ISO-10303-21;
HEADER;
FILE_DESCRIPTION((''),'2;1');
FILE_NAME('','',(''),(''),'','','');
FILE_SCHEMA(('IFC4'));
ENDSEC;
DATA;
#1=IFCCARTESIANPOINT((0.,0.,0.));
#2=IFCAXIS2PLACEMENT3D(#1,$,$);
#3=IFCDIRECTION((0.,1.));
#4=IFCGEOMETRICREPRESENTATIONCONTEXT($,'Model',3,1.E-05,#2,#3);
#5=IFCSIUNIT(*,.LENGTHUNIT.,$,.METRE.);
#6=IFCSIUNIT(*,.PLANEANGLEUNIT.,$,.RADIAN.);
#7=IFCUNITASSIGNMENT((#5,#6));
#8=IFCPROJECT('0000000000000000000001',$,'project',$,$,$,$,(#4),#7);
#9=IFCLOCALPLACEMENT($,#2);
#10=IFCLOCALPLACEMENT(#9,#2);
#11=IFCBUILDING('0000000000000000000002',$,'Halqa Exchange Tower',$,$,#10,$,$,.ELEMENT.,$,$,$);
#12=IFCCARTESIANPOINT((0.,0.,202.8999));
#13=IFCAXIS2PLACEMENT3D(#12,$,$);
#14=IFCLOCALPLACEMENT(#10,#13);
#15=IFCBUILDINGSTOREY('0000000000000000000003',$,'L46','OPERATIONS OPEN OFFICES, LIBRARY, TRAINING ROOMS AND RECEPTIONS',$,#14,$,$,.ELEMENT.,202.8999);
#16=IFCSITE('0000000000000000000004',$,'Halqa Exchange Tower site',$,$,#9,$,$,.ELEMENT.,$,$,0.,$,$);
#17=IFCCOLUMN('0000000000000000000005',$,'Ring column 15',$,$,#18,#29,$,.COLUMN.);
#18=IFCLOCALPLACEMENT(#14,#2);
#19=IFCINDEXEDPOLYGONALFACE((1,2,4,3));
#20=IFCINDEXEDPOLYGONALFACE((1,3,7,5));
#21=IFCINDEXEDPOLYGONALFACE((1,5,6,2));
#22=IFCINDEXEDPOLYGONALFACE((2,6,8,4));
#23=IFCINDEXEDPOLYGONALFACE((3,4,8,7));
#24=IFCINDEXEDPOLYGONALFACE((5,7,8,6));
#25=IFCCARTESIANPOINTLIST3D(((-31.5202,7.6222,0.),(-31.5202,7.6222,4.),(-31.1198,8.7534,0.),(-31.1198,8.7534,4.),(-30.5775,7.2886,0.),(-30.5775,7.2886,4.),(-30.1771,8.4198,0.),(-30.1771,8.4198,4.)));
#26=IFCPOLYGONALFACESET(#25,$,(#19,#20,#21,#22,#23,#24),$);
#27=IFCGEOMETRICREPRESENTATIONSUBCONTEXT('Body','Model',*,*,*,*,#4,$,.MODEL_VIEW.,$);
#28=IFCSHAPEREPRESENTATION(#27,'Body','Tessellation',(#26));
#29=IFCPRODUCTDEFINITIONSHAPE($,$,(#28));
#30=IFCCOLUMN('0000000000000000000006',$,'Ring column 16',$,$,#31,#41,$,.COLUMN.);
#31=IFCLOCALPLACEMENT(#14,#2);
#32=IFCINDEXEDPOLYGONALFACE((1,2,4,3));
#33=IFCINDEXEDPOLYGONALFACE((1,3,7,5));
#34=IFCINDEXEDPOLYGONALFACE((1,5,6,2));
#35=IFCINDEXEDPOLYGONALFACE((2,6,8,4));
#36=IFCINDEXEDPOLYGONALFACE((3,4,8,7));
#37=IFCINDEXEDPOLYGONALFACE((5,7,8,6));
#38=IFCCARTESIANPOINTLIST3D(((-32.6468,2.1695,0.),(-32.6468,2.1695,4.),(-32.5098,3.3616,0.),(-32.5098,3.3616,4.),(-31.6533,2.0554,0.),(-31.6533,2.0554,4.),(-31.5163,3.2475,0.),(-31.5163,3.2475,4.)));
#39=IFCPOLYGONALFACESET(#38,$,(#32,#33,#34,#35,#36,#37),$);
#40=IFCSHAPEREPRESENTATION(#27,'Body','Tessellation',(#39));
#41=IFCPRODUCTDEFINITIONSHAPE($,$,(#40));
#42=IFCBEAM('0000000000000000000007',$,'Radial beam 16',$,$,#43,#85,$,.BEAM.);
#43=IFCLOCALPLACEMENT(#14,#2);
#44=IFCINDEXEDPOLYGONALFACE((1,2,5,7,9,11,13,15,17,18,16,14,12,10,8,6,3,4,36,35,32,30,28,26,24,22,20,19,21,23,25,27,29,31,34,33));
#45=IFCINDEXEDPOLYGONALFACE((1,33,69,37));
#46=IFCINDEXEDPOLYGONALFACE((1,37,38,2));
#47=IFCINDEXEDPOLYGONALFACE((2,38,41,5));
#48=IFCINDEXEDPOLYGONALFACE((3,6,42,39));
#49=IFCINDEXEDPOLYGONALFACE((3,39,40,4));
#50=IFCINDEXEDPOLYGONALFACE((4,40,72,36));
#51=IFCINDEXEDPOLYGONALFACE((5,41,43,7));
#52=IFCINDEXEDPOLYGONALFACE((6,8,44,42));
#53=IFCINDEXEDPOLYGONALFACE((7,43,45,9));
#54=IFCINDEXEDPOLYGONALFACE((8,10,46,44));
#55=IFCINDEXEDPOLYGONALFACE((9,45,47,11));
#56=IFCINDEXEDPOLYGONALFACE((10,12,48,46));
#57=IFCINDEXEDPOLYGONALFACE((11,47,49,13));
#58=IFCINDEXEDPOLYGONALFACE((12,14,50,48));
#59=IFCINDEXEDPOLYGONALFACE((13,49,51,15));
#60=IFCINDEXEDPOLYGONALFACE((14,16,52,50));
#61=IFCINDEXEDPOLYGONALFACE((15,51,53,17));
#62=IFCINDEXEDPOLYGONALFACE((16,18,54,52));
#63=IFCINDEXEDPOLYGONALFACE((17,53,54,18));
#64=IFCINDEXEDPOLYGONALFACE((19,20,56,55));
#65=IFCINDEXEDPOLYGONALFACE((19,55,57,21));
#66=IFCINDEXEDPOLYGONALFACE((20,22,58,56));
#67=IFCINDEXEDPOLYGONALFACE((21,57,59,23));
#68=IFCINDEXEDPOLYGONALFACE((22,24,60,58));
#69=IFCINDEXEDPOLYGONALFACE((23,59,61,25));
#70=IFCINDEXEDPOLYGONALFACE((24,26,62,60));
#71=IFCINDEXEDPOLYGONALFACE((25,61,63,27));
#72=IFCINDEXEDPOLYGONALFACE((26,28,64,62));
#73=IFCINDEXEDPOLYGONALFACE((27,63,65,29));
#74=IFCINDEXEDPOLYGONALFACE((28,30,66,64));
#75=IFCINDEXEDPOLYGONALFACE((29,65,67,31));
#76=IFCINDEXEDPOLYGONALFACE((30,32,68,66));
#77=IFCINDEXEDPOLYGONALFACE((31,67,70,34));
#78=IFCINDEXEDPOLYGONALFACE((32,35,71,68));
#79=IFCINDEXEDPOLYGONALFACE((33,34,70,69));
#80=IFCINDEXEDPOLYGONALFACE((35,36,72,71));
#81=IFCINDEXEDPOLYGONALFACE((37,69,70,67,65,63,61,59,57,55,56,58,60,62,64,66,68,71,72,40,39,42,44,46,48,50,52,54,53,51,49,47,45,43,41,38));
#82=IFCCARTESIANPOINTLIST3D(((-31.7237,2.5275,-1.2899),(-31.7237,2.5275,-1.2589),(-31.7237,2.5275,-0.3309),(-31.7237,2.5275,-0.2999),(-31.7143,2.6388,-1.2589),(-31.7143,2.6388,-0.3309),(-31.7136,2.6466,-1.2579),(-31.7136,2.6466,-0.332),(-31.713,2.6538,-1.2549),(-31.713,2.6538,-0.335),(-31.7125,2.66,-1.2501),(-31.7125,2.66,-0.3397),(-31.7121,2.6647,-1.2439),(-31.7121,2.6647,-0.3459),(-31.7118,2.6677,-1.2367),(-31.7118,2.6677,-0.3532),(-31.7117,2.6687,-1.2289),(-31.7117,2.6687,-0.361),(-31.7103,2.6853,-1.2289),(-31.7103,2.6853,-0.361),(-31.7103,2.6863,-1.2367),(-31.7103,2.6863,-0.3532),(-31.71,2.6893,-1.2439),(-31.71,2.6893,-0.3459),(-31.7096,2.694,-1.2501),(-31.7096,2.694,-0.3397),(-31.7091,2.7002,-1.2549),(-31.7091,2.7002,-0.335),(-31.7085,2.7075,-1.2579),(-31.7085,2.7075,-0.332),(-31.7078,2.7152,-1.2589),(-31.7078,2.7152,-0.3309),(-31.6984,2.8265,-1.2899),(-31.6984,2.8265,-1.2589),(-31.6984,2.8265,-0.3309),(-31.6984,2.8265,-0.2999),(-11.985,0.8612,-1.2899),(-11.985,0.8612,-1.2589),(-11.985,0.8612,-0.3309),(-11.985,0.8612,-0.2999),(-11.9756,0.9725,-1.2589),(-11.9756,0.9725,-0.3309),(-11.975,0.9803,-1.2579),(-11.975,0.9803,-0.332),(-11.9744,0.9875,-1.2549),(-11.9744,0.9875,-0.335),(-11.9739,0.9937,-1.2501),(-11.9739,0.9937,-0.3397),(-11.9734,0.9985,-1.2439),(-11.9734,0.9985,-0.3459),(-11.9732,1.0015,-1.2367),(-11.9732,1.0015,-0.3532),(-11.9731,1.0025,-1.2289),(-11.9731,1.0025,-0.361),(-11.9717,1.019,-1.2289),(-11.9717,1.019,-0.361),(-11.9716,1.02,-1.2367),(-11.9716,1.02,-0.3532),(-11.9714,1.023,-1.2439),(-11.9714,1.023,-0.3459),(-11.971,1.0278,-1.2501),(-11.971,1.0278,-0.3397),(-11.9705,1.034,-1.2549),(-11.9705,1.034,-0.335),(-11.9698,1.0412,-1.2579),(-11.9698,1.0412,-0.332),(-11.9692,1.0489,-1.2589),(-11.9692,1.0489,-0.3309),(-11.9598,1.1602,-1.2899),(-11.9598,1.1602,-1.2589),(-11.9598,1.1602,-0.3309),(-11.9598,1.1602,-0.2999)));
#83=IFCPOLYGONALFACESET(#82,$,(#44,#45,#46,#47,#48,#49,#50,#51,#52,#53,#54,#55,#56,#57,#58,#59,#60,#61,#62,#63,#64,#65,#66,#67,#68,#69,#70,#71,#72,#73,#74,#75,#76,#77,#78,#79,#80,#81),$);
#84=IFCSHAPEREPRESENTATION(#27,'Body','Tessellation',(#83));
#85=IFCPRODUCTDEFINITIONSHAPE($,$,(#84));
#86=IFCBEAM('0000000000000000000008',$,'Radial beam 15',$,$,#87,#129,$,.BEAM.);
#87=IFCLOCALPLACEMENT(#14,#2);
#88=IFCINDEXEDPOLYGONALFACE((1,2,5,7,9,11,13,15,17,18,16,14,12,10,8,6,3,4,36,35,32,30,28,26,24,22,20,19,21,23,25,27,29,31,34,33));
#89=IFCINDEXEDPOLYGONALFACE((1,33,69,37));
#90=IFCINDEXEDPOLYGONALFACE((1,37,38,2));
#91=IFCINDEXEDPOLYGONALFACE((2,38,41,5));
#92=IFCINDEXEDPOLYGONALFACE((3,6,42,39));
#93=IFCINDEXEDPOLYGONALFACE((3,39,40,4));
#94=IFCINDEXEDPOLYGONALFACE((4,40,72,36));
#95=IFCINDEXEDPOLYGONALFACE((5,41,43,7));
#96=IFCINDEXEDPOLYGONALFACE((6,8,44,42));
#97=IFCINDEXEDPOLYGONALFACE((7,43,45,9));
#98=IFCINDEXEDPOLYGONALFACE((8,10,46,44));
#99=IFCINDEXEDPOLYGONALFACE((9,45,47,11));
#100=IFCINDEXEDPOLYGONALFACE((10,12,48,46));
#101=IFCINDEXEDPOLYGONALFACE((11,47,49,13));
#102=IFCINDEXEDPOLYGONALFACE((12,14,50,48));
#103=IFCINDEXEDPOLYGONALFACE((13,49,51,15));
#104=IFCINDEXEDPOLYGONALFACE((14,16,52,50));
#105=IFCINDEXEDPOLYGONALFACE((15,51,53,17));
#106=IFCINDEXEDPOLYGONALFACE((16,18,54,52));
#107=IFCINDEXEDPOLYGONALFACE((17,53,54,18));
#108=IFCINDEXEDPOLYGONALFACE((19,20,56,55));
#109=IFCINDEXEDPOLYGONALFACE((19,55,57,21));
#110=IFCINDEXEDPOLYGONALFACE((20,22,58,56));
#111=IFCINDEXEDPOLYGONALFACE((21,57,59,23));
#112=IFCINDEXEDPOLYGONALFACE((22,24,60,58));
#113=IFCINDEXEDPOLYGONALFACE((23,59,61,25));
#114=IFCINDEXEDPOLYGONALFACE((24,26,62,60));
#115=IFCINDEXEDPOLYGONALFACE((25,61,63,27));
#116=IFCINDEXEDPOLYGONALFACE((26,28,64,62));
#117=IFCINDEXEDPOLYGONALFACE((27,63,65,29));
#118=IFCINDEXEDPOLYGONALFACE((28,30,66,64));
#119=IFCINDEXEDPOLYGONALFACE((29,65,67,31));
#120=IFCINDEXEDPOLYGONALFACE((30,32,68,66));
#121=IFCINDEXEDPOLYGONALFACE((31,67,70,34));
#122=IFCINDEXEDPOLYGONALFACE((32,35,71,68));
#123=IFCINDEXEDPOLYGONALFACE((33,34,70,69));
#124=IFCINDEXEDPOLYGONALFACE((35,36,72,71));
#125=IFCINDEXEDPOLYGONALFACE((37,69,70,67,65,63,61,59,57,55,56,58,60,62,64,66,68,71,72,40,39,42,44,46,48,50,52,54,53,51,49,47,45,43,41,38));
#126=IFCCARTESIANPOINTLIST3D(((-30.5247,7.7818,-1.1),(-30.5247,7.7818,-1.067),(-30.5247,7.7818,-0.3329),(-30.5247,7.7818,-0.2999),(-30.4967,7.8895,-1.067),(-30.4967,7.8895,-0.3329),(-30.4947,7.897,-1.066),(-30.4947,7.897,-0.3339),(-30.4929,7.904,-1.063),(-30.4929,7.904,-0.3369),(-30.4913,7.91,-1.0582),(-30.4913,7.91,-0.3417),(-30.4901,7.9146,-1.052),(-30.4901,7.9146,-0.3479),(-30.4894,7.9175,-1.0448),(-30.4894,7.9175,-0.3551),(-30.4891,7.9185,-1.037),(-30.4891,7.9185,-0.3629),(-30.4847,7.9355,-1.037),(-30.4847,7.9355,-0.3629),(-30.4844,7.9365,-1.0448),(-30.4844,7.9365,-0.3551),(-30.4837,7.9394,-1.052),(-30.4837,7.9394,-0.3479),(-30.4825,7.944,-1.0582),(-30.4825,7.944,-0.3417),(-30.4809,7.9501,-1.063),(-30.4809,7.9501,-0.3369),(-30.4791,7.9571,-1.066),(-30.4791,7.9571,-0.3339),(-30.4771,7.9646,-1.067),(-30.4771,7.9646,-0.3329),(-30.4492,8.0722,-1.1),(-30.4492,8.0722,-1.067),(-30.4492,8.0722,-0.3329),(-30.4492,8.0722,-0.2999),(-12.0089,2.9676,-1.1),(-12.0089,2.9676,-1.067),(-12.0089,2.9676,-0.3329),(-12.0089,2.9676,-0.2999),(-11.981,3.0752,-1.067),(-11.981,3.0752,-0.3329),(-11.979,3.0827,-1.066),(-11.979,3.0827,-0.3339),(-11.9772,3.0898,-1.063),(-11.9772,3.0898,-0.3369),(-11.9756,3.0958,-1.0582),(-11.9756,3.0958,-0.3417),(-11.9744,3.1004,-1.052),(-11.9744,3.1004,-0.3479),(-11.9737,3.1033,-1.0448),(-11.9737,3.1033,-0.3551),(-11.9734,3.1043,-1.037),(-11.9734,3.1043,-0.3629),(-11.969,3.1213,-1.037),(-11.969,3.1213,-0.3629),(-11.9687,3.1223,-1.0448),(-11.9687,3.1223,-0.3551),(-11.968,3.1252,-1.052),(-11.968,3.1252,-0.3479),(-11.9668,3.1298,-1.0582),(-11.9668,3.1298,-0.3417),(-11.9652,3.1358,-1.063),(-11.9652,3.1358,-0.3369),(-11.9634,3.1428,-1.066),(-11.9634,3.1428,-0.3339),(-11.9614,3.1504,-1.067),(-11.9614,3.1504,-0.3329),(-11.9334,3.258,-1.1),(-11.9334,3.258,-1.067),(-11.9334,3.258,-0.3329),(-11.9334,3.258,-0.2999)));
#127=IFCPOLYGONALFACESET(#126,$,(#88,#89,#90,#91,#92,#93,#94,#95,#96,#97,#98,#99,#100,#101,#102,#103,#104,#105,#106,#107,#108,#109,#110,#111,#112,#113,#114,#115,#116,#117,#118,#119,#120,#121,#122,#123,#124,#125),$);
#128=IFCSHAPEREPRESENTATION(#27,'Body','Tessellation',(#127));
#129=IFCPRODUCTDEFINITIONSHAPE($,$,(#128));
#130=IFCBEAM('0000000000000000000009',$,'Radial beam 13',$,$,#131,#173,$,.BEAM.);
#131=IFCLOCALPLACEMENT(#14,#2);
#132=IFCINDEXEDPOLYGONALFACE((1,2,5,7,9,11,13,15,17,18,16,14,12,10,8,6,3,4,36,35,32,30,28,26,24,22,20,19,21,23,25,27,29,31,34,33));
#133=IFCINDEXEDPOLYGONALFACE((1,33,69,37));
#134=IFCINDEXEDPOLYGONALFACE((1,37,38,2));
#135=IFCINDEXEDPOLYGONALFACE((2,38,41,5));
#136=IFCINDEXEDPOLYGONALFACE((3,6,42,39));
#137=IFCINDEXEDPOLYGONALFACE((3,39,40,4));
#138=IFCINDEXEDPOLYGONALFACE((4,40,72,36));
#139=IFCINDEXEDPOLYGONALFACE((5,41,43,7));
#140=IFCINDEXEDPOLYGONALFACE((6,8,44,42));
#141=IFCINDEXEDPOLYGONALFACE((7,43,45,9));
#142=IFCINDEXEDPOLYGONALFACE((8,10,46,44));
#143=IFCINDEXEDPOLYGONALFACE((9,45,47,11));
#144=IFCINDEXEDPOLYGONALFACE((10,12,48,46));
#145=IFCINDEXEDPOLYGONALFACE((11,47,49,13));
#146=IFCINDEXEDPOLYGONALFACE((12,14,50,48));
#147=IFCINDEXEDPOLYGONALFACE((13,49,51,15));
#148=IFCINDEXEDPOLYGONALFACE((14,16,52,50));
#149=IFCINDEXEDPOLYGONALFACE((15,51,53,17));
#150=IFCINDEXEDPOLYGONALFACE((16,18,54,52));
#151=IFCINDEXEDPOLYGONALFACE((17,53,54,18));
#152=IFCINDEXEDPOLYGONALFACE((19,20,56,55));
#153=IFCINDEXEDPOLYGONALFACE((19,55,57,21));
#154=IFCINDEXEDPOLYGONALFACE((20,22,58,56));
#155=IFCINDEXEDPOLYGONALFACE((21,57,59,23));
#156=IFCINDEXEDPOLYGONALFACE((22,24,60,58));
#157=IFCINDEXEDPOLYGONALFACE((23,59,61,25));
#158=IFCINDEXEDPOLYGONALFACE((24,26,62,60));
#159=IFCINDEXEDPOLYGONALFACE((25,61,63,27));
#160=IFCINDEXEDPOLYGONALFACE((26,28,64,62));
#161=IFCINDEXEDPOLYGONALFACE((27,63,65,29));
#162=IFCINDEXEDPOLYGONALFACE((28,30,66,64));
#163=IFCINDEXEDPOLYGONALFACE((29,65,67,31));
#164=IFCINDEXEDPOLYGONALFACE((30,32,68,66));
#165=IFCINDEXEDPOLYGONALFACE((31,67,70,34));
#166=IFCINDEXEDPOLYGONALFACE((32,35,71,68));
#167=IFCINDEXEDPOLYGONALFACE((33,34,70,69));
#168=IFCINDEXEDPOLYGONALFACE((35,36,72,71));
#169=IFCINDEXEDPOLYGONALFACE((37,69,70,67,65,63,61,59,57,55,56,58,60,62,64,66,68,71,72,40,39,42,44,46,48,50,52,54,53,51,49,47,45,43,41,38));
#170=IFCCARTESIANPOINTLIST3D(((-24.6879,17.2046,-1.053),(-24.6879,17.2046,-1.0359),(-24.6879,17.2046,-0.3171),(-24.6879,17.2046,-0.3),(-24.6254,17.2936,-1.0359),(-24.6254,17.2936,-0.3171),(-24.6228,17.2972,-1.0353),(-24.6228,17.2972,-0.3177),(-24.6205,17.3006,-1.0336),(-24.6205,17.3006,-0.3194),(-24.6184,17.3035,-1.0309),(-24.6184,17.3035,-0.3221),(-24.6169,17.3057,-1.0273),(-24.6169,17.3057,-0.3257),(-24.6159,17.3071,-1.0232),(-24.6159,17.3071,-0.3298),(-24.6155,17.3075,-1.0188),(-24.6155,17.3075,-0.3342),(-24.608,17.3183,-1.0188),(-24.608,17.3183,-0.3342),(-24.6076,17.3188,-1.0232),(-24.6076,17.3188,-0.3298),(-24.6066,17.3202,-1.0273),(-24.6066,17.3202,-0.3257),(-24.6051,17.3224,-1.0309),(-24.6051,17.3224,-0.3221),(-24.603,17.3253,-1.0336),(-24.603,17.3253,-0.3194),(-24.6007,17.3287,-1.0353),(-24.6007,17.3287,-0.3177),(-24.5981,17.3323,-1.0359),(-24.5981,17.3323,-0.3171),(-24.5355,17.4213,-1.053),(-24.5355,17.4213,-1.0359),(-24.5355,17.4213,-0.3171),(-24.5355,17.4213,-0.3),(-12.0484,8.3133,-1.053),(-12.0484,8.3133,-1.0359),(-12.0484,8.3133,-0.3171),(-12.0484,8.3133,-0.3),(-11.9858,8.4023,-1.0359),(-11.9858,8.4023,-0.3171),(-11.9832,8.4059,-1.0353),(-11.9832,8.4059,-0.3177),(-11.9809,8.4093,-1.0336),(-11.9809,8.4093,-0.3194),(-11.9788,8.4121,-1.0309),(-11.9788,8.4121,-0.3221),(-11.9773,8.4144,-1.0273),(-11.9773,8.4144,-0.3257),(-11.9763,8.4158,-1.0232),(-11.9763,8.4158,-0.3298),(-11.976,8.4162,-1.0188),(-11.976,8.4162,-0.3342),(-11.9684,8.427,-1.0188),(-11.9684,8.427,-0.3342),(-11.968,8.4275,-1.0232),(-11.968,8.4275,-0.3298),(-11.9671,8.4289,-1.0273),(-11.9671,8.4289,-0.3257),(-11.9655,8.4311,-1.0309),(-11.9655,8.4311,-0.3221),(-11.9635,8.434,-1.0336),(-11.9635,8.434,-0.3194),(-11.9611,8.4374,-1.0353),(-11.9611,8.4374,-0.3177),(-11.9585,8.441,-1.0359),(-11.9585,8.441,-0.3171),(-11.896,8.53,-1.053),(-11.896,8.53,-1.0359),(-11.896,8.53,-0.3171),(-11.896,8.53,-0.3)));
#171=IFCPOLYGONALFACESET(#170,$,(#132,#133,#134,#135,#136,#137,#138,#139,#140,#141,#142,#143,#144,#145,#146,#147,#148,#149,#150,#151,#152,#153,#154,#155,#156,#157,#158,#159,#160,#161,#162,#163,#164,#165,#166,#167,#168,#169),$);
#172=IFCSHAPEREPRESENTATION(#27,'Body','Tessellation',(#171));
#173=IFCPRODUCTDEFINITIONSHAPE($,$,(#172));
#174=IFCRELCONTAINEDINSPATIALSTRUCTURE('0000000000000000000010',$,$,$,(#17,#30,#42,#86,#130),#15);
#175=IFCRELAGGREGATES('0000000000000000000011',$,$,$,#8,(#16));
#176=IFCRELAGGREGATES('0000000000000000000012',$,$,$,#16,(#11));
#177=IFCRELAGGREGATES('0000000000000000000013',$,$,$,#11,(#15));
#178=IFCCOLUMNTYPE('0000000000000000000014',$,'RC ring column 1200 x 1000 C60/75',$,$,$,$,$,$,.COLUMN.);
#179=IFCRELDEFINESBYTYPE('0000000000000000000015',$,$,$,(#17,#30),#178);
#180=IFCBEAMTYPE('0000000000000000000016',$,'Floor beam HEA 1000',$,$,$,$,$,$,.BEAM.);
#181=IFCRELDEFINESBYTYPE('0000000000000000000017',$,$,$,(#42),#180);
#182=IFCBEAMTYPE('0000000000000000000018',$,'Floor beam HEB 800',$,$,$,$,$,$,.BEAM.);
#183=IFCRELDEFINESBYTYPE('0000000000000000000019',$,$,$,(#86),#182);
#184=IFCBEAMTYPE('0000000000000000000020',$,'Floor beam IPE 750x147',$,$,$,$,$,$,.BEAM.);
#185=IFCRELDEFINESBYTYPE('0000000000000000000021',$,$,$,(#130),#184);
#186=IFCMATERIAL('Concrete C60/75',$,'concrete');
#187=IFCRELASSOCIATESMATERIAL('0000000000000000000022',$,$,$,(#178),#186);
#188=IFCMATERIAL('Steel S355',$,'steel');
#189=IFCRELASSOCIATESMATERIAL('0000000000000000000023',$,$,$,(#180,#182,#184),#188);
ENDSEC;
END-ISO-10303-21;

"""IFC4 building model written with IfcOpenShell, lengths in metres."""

from ifc_helpers import new_model, si_unit, direction, frame, origin, origin_2d, place, context, subcontext, project, spatial, rectangle, i_section, extrude, material, material_profile, profile_set, type_object, element, save


model = new_model("IFC4")

# Units and contexts
model_context = context("Model", 3, precision=1e-05, world=origin(), true_north=direction((0.0, 1.0)))
body_context = subcontext(model_context, "Body", "Model", "MODEL_VIEW")
ifc_project = project(units=[si_unit("LENGTHUNIT", "METRE"), si_unit("PLANEANGLEUNIT", "RADIAN")], contexts=[model_context])

# Site, building, storey
site_placement = place(None, origin())
site = spatial("IfcSite", under=ifc_project, at=site_placement, Name="Halqa Exchange Tower site", CompositionType="ELEMENT", RefElevation=0.0)
building_placement = place(site_placement, origin())
building = spatial("IfcBuilding", under=site, at=building_placement, Name="Halqa Exchange Tower", CompositionType="ELEMENT")
storey_placement = place(building_placement, frame((0.0, 0.0, 202.8999)))
storey = spatial("IfcBuildingStorey", under=building, at=storey_placement, Name="L46", Description="OPERATIONS OPEN OFFICES, LIBRARY, TRAINING ROOMS AND RECEPTIONS", CompositionType="ELEMENT", Elevation=202.8999)

# Columns
ifc_material_1 = material(Name="Concrete C60/75", Category="concrete")
ifc_material_profile_1 = material_profile(ifc_material_1, rectangle(XDim=1.2, YDim=1.0, at=origin_2d()), Name="1200 x 1000")
ifc_profile_set_1 = profile_set([ifc_material_profile_1], Name="Concrete C60/75")
column_type = type_object("IfcColumnType", Name="RC ring column 1200 x 1000 C60/75", PredefinedType="COLUMN", material=ifc_profile_set_1)
for number, where, z_axis, x_axis, name in (
    (1, (-30.8486, 8.021, 0.0), (0.0, 0.0, 1.0), (-0.333632, -0.942703, 0.0), "Ring column 15"),
    (2, (-32.0815, 2.7085, 0.0), (0.0, 0.0, 1.0), (-0.114157, -0.993463, 0.0), "Ring column 16"),
):
    element("IfcColumn", number, at=place(storey_placement, frame(where, z_axis=z_axis, x_axis=x_axis)), inside=storey, type_object=column_type, Name=name, PredefinedType="COLUMN", context=body_context, shape_type="SweptSolid", body=[
        extrude(rectangle(XDim=1.2, YDim=1.0, at=origin_2d()), origin(), (0.0, 0.0, 1.0), 4.0),
    ])

# Beams
ifc_material_2 = material(Name="Steel S355", Category="steel")
ifc_material_profile_2 = material_profile(ifc_material_2, i_section(OverallWidth=0.3, OverallDepth=0.99, WebThickness=0.0166, FlangeThickness=0.031, FilletRadius=0.03, at=origin_2d()), Name="HEA 1000")
ifc_profile_set_2 = profile_set([ifc_material_profile_2], Name="Steel S355")
beam_type_1 = type_object("IfcBeamType", Name="Floor beam HEA 1000", PredefinedType="BEAM", material=ifc_profile_set_2)
beam_1_placement = place(storey_placement, frame((-11.9724, 1.0107, -0.7949), z_axis=(-0.996456, 0.084117, 0.0), x_axis=(-0.084117, -0.996456, 0.0)))
element("IfcBeam", 3, at=beam_1_placement, inside=storey, type_object=beam_type_1, Name="Radial beam 16", PredefinedType="BEAM", context=body_context, shape_type="SweptSolid", body=[
    extrude(i_section(OverallWidth=0.3, OverallDepth=0.99, WebThickness=0.0166, FlangeThickness=0.031, FilletRadius=0.03, at=origin_2d()), origin(), (0.0, 0.0, 1.0), 19.8088),
])
ifc_material_profile_3 = material_profile(ifc_material_2, i_section(OverallWidth=0.3, OverallDepth=0.8, WebThickness=0.0176, FlangeThickness=0.033, FilletRadius=0.03, at=origin_2d()), Name="HEB 800")
ifc_profile_set_3 = profile_set([ifc_material_profile_3], Name="Steel S355")
beam_type_2 = type_object("IfcBeamType", Name="Floor beam HEB 800", PredefinedType="BEAM", material=ifc_profile_set_3)
beam_2_placement = place(storey_placement, frame((-11.9712, 3.1128, -0.7), z_axis=(-0.967821, 0.251641, 0.0), x_axis=(-0.251641, -0.967821, 0.0)))
element("IfcBeam", 4, at=beam_2_placement, inside=storey, type_object=beam_type_2, Name="Radial beam 15", PredefinedType="BEAM", context=body_context, shape_type="SweptSolid", body=[
    extrude(i_section(OverallWidth=0.3, OverallDepth=0.8, WebThickness=0.0176, FlangeThickness=0.033, FilletRadius=0.03, at=origin_2d()), origin(), (0.0, 0.0, 1.0), 19.1313),
])
ifc_material_profile_4 = material_profile(ifc_material_2, i_section(OverallWidth=0.2649, OverallDepth=0.7529, WebThickness=0.0132, FlangeThickness=0.0171, FilletRadius=0.0171, at=origin_2d()), Name="IPE 750x147")
ifc_profile_set_4 = profile_set([ifc_material_profile_4], Name="Steel S355")
beam_type_3 = type_object("IfcBeamType", Name="Floor beam IPE 750x147", PredefinedType="BEAM", material=ifc_profile_set_4)
beam_3_placement = place(storey_placement, frame((-11.9722, 8.4216, -0.6765), z_axis=(-0.817904, 0.575354, 0.0), x_axis=(-0.575354, -0.817904, 0.0)))
element("IfcBeam", 5, at=beam_3_placement, inside=storey, type_object=beam_type_3, Name="Radial beam 13", PredefinedType="BEAM", context=body_context, shape_type="SweptSolid", body=[
    extrude(i_section(OverallWidth=0.2649, OverallDepth=0.7529, WebThickness=0.0132, FlangeThickness=0.0171, FilletRadius=0.0171, at=origin_2d()), origin(), (0.0, 0.0, 1.0), 15.4536),
])

save(model, "model.ifc")
